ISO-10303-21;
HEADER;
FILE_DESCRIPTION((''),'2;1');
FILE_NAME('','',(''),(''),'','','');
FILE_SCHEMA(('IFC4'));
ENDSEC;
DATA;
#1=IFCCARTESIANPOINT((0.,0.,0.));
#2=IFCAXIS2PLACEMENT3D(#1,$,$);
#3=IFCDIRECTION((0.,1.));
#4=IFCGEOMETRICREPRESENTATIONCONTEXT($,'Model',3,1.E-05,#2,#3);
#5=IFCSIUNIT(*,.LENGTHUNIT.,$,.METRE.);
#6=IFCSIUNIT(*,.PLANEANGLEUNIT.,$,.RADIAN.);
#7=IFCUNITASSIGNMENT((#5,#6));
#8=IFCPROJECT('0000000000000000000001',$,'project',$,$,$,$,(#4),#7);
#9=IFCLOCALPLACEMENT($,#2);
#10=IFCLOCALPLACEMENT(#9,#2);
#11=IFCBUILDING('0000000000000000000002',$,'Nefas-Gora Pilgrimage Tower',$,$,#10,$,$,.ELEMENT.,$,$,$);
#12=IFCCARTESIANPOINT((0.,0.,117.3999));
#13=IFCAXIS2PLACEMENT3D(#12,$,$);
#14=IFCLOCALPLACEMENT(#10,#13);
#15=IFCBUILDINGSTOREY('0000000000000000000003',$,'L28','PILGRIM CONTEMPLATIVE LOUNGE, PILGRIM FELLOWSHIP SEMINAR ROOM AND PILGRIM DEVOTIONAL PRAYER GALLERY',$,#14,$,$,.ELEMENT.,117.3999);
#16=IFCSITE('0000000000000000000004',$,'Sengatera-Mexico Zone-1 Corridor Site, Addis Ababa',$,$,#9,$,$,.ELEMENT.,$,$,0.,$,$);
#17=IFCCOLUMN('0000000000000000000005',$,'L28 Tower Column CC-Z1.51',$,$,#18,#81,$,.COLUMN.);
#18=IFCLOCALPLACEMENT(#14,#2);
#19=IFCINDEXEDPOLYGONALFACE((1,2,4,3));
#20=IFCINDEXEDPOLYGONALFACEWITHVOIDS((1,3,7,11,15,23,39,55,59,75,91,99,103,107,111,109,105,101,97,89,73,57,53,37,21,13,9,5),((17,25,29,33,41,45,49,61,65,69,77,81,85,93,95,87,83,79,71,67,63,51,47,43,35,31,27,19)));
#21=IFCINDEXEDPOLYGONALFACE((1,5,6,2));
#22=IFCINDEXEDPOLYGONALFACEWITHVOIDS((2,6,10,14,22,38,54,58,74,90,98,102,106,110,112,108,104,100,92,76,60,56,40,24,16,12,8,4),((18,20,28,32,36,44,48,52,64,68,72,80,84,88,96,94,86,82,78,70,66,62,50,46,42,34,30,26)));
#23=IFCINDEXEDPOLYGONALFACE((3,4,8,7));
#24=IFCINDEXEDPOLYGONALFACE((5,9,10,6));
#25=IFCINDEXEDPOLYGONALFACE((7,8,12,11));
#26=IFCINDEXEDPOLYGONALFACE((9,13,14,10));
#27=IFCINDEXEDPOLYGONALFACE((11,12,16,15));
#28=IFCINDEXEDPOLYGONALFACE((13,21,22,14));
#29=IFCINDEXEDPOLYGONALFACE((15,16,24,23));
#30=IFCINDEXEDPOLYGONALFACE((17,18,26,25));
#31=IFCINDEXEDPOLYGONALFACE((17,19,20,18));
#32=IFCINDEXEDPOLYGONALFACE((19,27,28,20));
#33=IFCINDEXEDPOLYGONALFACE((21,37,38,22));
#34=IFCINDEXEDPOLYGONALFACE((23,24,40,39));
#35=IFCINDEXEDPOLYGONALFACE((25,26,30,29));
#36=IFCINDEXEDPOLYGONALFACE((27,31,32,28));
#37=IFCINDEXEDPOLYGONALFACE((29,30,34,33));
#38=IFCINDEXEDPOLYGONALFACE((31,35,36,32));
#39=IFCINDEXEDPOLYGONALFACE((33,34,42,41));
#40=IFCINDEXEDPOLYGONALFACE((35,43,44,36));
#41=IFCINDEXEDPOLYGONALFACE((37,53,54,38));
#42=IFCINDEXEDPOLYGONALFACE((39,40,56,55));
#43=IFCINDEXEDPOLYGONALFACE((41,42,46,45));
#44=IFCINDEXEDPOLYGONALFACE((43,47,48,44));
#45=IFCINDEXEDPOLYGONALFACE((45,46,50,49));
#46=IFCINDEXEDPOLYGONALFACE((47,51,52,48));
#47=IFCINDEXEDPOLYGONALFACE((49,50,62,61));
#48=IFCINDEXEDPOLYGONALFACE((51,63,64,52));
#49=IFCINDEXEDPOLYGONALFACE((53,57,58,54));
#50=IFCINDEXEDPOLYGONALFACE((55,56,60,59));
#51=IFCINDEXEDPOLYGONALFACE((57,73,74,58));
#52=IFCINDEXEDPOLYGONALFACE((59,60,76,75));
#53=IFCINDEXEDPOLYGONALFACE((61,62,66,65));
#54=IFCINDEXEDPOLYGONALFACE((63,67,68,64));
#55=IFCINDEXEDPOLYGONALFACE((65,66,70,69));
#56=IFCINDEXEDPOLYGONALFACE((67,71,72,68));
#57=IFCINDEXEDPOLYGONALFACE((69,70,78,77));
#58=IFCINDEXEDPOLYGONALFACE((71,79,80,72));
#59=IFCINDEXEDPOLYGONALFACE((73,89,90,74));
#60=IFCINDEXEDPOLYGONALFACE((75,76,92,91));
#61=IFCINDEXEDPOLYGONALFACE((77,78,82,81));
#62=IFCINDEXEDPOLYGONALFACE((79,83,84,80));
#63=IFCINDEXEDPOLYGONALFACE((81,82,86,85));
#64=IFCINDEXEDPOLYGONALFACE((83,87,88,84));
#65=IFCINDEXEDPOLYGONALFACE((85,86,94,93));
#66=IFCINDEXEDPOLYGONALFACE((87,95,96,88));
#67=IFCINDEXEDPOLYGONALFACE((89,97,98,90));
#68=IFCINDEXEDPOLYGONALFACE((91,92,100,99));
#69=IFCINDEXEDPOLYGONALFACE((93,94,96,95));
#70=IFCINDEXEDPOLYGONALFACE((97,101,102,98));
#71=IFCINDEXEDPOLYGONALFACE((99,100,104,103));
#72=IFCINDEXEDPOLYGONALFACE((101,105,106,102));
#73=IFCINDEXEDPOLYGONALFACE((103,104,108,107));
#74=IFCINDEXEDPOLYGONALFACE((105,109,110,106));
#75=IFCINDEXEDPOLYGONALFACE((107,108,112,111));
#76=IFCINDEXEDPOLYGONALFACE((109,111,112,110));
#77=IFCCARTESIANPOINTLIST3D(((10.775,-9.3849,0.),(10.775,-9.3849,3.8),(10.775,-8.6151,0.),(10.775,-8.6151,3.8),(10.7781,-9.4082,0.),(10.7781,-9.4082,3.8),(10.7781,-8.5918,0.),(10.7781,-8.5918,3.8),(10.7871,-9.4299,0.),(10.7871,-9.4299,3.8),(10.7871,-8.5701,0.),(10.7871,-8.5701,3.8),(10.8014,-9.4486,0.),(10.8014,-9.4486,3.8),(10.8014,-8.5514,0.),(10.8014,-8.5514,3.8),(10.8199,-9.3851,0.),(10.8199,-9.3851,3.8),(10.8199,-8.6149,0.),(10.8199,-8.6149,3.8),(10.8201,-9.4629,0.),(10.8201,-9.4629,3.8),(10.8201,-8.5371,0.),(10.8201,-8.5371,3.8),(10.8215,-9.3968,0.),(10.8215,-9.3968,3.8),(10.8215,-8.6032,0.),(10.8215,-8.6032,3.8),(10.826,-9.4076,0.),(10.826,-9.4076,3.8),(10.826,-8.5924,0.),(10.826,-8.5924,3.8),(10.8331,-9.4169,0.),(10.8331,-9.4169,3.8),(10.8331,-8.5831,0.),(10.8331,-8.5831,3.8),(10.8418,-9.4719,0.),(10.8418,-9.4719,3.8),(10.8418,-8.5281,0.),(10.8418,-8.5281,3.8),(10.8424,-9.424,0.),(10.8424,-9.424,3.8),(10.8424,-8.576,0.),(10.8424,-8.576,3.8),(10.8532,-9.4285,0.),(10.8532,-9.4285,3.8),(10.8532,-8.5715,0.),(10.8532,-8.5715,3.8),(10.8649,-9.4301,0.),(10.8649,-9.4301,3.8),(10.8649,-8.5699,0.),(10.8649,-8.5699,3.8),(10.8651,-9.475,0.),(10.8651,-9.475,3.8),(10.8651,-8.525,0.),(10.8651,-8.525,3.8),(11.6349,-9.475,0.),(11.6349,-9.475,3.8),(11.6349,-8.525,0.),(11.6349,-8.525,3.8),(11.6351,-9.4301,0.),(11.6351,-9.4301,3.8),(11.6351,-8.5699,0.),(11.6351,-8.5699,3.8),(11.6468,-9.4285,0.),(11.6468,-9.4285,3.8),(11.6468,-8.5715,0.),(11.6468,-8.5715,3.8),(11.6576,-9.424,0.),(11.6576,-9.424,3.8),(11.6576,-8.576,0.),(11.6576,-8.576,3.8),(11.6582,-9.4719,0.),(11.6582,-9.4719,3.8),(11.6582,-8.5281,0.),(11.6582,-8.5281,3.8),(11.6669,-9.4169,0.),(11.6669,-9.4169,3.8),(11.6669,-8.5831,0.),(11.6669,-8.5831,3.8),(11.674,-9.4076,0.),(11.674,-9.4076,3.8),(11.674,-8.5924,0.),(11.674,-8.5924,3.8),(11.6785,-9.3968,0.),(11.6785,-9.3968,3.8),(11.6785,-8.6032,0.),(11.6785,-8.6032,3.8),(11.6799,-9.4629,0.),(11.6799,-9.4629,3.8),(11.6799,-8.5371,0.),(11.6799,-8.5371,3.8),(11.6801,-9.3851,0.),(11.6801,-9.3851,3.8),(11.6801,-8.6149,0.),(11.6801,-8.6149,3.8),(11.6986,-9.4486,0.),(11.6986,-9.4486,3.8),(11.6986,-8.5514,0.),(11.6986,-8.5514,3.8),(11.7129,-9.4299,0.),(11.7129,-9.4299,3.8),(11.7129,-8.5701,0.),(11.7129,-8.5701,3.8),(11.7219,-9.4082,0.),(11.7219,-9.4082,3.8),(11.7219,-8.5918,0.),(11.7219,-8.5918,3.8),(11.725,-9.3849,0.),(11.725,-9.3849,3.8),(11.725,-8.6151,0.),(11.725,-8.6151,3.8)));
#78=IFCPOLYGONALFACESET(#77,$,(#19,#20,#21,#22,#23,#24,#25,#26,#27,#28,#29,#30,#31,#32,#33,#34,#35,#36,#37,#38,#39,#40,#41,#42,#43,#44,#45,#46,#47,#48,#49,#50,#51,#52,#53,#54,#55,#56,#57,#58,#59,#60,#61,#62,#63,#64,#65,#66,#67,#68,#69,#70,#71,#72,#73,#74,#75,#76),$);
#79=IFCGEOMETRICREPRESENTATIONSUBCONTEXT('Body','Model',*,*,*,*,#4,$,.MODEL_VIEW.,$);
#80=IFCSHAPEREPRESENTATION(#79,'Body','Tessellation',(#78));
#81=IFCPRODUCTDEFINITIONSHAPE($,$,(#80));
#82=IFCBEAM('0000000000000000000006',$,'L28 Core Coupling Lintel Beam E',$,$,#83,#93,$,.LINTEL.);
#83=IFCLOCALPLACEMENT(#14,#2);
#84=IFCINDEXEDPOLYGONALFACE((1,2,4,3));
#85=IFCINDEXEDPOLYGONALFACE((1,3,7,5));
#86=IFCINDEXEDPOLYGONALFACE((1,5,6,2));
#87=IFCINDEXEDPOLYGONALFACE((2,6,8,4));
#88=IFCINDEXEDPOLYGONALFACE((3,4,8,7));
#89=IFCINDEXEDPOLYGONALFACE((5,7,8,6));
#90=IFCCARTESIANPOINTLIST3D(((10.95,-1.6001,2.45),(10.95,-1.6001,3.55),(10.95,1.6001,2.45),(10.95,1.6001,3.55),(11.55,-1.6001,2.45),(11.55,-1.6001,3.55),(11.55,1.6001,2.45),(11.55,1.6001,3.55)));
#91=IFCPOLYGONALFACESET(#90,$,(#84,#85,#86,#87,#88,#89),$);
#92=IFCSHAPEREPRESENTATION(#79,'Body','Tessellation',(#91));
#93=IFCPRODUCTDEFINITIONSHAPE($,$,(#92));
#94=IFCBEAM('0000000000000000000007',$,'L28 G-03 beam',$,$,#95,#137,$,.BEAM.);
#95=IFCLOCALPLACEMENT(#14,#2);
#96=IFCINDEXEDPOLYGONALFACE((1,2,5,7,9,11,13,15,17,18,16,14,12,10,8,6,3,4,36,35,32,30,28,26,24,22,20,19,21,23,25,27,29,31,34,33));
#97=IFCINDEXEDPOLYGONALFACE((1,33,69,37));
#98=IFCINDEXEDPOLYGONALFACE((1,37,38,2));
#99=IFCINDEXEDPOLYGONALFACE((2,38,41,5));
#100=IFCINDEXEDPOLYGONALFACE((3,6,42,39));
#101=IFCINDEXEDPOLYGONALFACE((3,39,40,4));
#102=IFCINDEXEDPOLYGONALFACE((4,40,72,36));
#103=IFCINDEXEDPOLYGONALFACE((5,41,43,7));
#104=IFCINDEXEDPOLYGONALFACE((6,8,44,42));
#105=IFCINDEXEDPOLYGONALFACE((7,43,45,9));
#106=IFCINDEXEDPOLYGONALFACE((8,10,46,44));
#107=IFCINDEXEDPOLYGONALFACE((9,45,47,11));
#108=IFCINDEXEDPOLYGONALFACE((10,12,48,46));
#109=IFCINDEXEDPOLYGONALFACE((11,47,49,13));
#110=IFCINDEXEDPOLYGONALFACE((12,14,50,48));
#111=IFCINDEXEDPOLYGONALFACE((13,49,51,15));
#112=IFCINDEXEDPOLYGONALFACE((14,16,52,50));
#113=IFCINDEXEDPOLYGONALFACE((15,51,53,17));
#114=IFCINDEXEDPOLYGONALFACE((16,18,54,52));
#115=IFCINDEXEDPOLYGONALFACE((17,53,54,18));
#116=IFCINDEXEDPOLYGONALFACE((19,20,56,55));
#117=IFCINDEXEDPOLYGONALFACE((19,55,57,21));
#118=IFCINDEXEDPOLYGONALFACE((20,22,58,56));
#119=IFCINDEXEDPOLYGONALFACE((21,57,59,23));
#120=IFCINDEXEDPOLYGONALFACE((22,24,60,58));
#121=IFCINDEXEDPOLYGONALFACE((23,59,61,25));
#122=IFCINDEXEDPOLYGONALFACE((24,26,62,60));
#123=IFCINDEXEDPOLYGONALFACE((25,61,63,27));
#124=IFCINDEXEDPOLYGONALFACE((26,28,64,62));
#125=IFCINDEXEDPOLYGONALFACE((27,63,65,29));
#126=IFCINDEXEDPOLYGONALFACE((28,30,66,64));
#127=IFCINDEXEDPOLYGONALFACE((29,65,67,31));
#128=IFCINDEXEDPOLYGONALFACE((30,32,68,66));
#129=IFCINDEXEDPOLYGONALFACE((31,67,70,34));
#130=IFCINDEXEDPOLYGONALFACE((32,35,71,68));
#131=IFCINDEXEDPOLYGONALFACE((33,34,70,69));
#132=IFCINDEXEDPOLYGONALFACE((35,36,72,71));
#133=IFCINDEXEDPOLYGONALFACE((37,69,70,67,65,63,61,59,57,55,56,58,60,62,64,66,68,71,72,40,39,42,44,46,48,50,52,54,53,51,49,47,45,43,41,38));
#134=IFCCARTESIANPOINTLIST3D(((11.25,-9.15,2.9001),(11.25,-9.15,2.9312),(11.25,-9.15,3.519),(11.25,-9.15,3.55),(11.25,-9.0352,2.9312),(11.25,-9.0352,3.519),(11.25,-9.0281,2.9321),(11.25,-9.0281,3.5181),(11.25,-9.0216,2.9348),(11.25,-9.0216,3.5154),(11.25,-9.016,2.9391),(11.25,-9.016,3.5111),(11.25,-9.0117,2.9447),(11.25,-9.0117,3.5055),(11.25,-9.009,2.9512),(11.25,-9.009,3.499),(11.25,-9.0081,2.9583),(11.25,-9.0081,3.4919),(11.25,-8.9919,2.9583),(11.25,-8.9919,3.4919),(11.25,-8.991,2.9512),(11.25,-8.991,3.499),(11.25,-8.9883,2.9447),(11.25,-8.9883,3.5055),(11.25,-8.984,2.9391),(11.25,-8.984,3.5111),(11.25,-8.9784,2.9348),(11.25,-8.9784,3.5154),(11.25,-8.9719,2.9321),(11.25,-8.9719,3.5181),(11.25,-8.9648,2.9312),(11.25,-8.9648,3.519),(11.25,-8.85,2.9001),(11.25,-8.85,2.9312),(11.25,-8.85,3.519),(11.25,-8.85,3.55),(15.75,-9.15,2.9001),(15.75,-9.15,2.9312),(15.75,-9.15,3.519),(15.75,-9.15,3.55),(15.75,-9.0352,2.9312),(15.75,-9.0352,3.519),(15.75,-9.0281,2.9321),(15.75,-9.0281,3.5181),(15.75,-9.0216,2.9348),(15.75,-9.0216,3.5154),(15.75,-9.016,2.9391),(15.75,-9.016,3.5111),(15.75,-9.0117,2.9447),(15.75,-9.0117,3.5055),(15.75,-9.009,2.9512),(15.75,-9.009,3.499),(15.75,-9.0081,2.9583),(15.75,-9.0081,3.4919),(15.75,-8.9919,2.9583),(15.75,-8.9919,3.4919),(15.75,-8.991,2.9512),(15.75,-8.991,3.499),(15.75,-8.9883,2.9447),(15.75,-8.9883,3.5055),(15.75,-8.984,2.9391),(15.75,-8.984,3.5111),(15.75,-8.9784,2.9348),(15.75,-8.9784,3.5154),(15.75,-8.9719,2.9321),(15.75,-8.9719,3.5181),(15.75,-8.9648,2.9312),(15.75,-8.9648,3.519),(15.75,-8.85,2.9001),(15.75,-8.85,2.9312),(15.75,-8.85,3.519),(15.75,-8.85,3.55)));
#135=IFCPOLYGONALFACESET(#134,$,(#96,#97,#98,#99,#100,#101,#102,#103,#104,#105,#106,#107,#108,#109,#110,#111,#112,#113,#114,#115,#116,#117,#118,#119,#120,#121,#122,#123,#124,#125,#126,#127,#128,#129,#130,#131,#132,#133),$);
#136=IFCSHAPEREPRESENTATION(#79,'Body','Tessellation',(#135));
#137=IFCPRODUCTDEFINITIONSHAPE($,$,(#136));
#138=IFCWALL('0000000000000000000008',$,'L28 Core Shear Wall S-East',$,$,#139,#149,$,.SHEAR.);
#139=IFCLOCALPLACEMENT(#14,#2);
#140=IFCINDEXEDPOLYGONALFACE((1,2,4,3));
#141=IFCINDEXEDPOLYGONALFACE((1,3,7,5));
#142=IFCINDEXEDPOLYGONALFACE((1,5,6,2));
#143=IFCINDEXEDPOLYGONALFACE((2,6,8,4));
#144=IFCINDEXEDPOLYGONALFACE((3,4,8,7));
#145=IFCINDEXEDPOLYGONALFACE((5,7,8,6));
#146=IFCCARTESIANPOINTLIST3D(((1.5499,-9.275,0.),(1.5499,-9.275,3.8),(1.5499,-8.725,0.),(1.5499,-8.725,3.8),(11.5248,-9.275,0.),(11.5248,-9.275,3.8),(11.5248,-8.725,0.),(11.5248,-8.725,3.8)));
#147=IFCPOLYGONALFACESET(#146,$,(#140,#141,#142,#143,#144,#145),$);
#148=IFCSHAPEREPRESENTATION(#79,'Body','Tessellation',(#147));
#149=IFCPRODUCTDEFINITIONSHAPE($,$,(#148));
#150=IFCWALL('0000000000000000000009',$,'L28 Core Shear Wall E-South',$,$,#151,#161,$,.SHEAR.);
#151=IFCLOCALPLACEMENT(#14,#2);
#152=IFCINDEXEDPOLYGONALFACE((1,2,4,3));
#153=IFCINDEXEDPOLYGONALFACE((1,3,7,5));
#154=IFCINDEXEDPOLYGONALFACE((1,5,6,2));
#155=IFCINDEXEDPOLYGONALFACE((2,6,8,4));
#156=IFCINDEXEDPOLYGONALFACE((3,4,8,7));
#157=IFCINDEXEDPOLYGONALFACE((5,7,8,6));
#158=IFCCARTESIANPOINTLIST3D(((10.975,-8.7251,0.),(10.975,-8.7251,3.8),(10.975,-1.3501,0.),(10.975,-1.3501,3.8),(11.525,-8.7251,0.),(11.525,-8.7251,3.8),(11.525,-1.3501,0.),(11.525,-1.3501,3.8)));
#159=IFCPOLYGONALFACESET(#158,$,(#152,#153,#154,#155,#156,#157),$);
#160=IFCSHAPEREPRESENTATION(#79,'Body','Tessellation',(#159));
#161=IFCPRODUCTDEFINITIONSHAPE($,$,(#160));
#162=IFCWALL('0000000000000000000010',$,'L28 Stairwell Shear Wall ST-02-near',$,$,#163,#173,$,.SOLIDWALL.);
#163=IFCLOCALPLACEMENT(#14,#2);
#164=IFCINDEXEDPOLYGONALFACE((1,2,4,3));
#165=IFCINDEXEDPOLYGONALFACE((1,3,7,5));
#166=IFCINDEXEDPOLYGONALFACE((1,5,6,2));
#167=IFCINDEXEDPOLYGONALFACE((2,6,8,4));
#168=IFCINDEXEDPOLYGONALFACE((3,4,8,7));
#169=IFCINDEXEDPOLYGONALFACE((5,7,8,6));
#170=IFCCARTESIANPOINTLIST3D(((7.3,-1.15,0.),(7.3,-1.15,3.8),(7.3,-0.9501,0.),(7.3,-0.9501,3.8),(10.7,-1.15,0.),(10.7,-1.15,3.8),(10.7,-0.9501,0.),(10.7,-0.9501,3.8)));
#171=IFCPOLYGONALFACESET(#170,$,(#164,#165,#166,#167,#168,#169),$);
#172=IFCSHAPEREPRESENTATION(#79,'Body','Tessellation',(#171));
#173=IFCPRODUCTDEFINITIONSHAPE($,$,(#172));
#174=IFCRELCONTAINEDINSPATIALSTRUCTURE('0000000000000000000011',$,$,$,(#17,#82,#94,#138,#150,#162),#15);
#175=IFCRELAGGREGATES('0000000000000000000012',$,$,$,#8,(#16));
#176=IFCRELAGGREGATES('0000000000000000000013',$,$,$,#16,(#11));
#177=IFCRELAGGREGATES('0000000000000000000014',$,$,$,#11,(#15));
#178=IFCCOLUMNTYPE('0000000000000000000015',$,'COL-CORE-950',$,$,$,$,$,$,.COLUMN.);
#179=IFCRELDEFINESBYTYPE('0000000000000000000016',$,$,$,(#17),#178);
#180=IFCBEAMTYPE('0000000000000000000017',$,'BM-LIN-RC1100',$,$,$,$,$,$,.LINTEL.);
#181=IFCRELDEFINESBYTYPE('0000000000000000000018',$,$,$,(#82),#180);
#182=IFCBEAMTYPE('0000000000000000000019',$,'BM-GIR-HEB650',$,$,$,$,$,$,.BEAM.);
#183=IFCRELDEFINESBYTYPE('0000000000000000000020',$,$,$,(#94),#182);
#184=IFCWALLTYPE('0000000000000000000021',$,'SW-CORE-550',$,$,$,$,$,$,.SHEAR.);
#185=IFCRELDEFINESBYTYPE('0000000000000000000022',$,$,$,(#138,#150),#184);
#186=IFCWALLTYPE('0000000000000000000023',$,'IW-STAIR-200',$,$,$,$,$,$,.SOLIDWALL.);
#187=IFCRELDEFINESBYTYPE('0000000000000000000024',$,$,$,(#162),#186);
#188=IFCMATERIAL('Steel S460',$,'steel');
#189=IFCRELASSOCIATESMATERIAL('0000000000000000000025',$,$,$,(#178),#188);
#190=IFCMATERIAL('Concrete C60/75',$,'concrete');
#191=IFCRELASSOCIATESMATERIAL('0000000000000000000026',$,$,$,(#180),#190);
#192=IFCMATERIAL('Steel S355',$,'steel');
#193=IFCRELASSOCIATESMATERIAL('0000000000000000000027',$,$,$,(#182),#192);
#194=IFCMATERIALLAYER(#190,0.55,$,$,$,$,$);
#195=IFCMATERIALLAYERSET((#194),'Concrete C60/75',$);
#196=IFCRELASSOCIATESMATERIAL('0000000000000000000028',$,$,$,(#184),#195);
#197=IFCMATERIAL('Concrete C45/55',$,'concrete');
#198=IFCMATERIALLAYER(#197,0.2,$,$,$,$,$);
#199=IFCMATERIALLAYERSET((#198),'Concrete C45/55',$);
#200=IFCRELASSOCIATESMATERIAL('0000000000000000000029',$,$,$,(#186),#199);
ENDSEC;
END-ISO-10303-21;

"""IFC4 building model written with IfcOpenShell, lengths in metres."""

from ifc_helpers import new_model, si_unit, direction, frame, frame_2d, origin, origin_2d, place, context, subcontext, project, spatial, rectangle, hollow_rectangle, i_section, extrude, source, transform, mapped, material, layer, layer_set, material_profile, profile_set, type_object, element, save


model = new_model("IFC4")

# Units and contexts
model_context = context("Model", 3, precision=1e-05, world=origin(), true_north=direction((0.0, 1.0)))
body_context = subcontext(model_context, "Body", "Model", "MODEL_VIEW")
ifc_project = project(units=[si_unit("LENGTHUNIT", "METRE"), si_unit("PLANEANGLEUNIT", "RADIAN")], contexts=[model_context])

# Site, building, storey
site_placement = place(None, origin())
site = spatial("IfcSite", under=ifc_project, at=site_placement, Name="Sengatera-Mexico Zone-1 Corridor Site, Addis Ababa", CompositionType="ELEMENT", RefElevation=0.0)
building_placement = place(site_placement, origin())
building = spatial("IfcBuilding", under=site, at=building_placement, Name="Nefas-Gora Pilgrimage Tower", CompositionType="ELEMENT")
storey_placement = place(building_placement, frame((0.0, 0.0, 117.3999)))
storey = spatial("IfcBuildingStorey", under=building, at=storey_placement, Name="L28", Description="PILGRIM CONTEMPLATIVE LOUNGE, PILGRIM FELLOWSHIP SEMINAR ROOM AND PILGRIM DEVOTIONAL PRAYER GALLERY", CompositionType="ELEMENT", Elevation=117.3999)

# Column
ifc_material_1 = material(Name="Steel S460", Category="steel")
ifc_material_profile_1 = material_profile(ifc_material_1, hollow_rectangle(XDim=0.95, YDim=0.95, WallThickness=0.0449, InnerFilletRadius=0.0449, OuterFilletRadius=0.0901, at=origin_2d()), Name="BOX 950x950x45")
ifc_profile_set_1 = profile_set([ifc_material_profile_1], Name="Steel S460")
column_type = type_object("IfcColumnType", Name="COL-CORE-950", PredefinedType="COLUMN", material=ifc_profile_set_1)
shared_shape_1 = source(origin(), body_context, "Body", "SweptSolid", [
    extrude(hollow_rectangle(XDim=0.95, YDim=0.95, WallThickness=0.0449, InnerFilletRadius=0.0449, OuterFilletRadius=0.0901, at=origin_2d()), origin(), (0.0, 0.0, 1.0), 3.8),
])
column_placement = place(storey_placement, frame((11.25, -9.0, 0.0), z_axis=(0.0, 0.0, 1.0), x_axis=(1.0, 0.0, 0.0)))
element("IfcColumn", 1, at=column_placement, inside=storey, type_object=column_type, Name="L28 Tower Column CC-Z1.51", PredefinedType="COLUMN", context=body_context, shape_type="MappedRepresentation", body=[
    mapped(shared_shape_1, transform((0.0, 0.0, 0.0), x_axis=(1.0, 0.0, 0.0), y_axis=(0.0, 1.0, 0.0), z_axis=(0.0, 0.0, 1.0), scale=1.0)),
])

# Beams
ifc_material_2 = material(Name="Concrete C60/75", Category="concrete")
ifc_material_profile_2 = material_profile(ifc_material_2, rectangle(XDim=0.6001, YDim=1.1001, at=origin_2d()), Name="RC 600x1100")
ifc_profile_set_2 = profile_set([ifc_material_profile_2], Name="Concrete C60/75")
beam_type_1 = type_object("IfcBeamType", Name="BM-LIN-RC1100", PredefinedType="LINTEL", material=ifc_profile_set_2)
shared_shape_2 = source(origin(), body_context, "Body", "SweptSolid", [
    extrude(rectangle(XDim=0.6001, YDim=1.1001, at=origin_2d()), origin(), (0.0, 0.0, 1.0), 3.2002),
])
beam_1_placement = place(storey_placement, frame((11.25, -1.6001, 3.0), z_axis=(0.0, 1.0, 0.0), x_axis=(-1.0, 0.0, 0.0)))
element("IfcBeam", 2, at=beam_1_placement, inside=storey, type_object=beam_type_1, Name="L28 Core Coupling Lintel Beam E", PredefinedType="LINTEL", context=body_context, shape_type="MappedRepresentation", body=[
    mapped(shared_shape_2, transform((0.0, 0.0, 0.0), x_axis=(1.0, 0.0, 0.0), y_axis=(0.0, 1.0, 0.0), z_axis=(0.0, 0.0, 1.0), scale=1.0)),
])
ifc_material_3 = material(Name="Steel S355", Category="steel")
ifc_material_profile_3 = material_profile(ifc_material_3, i_section(OverallWidth=0.3, OverallDepth=0.6499, WebThickness=0.0161, FlangeThickness=0.031, FilletRadius=0.0271, at=origin_2d()), Name="HEB 650")
ifc_profile_set_3 = profile_set([ifc_material_profile_3], Name="Steel S355")
beam_type_2 = type_object("IfcBeamType", Name="BM-GIR-HEB650", PredefinedType="BEAM", material=ifc_profile_set_3)
shared_shape_3 = source(origin(), body_context, "Body", "SweptSolid", [
    extrude(i_section(OverallWidth=0.3, OverallDepth=0.6499, WebThickness=0.0161, FlangeThickness=0.031, FilletRadius=0.0271, at=origin_2d()), origin(), (0.0, 0.0, 1.0), 4.5),
])
beam_2_placement = place(storey_placement, frame((11.25, -9.0, 3.2251), z_axis=(1.0, 0.0, 0.0), x_axis=(0.0, 1.0, 0.0)))
element("IfcBeam", 3, at=beam_2_placement, inside=storey, type_object=beam_type_2, Name="L28 G-03 beam", PredefinedType="BEAM", context=body_context, shape_type="MappedRepresentation", body=[
    mapped(shared_shape_3, transform((0.0, 0.0, 0.0), x_axis=(1.0, 0.0, 0.0), y_axis=(0.0, 1.0, 0.0), z_axis=(0.0, 0.0, 1.0), scale=1.0)),
])

# Walls
ifc_layer_1 = layer(ifc_material_2, 0.55)
ifc_layer_set_1 = layer_set([ifc_layer_1], Name="Concrete C60/75")
wall_type_1 = type_object("IfcWallType", Name="SW-CORE-550", PredefinedType="SHEAR", material=ifc_layer_set_1)
shared_shape_4 = source(origin(), body_context, "Body", "SweptSolid", [
    extrude(rectangle(XDim=9.9749, YDim=0.55, at=frame_2d((4.9873, 0.0))), origin(), (0.0, 0.0, 1.0), 3.8),
])
wall_1_placement = place(storey_placement, frame((1.55, -9.0, 0.0), z_axis=(0.0, 0.0, 1.0), x_axis=(1.0, 0.0, 0.0)))
element("IfcWall", 4, at=wall_1_placement, inside=storey, type_object=wall_type_1, Name="L28 Core Shear Wall S-East", PredefinedType="SHEAR", context=body_context, shape_type="MappedRepresentation", body=[
    mapped(shared_shape_4, transform((0.0, 0.0, 0.0), x_axis=(1.0, 0.0, 0.0), y_axis=(0.0, 1.0, 0.0), z_axis=(0.0, 0.0, 1.0), scale=1.0)),
])
shared_shape_5 = source(origin(), body_context, "Body", "SweptSolid", [
    extrude(rectangle(XDim=7.375, YDim=0.55, at=frame_2d((3.6875, 0.0))), origin(), (0.0, 0.0, 1.0), 3.8),
])
wall_2_placement = place(storey_placement, frame((11.25, -8.7251, 0.0), z_axis=(0.0, 0.0, 1.0), x_axis=(0.0, 1.0, 0.0)))
element("IfcWall", 5, at=wall_2_placement, inside=storey, type_object=wall_type_1, Name="L28 Core Shear Wall E-South", PredefinedType="SHEAR", context=body_context, shape_type="MappedRepresentation", body=[
    mapped(shared_shape_5, transform((0.0, 0.0, 0.0), x_axis=(1.0, 0.0, 0.0), y_axis=(0.0, 1.0, 0.0), z_axis=(0.0, 0.0, 1.0), scale=1.0)),
])
ifc_material_4 = material(Name="Concrete C45/55", Category="concrete")
ifc_layer_2 = layer(ifc_material_4, 0.2)
ifc_layer_set_2 = layer_set([ifc_layer_2], Name="Concrete C45/55")
wall_type_2 = type_object("IfcWallType", Name="IW-STAIR-200", PredefinedType="SOLIDWALL", material=ifc_layer_set_2)
shared_shape_6 = source(origin(), body_context, "Body", "SweptSolid", [
    extrude(rectangle(XDim=3.3999, YDim=0.2, at=frame_2d((1.7, 0.0))), origin(), (0.0, 0.0, 1.0), 3.8),
])
wall_3_placement = place(storey_placement, frame((7.3, -1.05, 0.0), z_axis=(0.0, 0.0, 1.0), x_axis=(1.0, 0.0, 0.0)))
element("IfcWall", 6, at=wall_3_placement, inside=storey, type_object=wall_type_2, Name="L28 Stairwell Shear Wall ST-02-near", PredefinedType="SOLIDWALL", context=body_context, shape_type="MappedRepresentation", body=[
    mapped(shared_shape_6, transform((0.0, 0.0, 0.0), x_axis=(1.0, 0.0, 0.0), y_axis=(0.0, 1.0, 0.0), z_axis=(0.0, 0.0, 1.0), scale=1.0)),
])

save(model, "model.ifc")
